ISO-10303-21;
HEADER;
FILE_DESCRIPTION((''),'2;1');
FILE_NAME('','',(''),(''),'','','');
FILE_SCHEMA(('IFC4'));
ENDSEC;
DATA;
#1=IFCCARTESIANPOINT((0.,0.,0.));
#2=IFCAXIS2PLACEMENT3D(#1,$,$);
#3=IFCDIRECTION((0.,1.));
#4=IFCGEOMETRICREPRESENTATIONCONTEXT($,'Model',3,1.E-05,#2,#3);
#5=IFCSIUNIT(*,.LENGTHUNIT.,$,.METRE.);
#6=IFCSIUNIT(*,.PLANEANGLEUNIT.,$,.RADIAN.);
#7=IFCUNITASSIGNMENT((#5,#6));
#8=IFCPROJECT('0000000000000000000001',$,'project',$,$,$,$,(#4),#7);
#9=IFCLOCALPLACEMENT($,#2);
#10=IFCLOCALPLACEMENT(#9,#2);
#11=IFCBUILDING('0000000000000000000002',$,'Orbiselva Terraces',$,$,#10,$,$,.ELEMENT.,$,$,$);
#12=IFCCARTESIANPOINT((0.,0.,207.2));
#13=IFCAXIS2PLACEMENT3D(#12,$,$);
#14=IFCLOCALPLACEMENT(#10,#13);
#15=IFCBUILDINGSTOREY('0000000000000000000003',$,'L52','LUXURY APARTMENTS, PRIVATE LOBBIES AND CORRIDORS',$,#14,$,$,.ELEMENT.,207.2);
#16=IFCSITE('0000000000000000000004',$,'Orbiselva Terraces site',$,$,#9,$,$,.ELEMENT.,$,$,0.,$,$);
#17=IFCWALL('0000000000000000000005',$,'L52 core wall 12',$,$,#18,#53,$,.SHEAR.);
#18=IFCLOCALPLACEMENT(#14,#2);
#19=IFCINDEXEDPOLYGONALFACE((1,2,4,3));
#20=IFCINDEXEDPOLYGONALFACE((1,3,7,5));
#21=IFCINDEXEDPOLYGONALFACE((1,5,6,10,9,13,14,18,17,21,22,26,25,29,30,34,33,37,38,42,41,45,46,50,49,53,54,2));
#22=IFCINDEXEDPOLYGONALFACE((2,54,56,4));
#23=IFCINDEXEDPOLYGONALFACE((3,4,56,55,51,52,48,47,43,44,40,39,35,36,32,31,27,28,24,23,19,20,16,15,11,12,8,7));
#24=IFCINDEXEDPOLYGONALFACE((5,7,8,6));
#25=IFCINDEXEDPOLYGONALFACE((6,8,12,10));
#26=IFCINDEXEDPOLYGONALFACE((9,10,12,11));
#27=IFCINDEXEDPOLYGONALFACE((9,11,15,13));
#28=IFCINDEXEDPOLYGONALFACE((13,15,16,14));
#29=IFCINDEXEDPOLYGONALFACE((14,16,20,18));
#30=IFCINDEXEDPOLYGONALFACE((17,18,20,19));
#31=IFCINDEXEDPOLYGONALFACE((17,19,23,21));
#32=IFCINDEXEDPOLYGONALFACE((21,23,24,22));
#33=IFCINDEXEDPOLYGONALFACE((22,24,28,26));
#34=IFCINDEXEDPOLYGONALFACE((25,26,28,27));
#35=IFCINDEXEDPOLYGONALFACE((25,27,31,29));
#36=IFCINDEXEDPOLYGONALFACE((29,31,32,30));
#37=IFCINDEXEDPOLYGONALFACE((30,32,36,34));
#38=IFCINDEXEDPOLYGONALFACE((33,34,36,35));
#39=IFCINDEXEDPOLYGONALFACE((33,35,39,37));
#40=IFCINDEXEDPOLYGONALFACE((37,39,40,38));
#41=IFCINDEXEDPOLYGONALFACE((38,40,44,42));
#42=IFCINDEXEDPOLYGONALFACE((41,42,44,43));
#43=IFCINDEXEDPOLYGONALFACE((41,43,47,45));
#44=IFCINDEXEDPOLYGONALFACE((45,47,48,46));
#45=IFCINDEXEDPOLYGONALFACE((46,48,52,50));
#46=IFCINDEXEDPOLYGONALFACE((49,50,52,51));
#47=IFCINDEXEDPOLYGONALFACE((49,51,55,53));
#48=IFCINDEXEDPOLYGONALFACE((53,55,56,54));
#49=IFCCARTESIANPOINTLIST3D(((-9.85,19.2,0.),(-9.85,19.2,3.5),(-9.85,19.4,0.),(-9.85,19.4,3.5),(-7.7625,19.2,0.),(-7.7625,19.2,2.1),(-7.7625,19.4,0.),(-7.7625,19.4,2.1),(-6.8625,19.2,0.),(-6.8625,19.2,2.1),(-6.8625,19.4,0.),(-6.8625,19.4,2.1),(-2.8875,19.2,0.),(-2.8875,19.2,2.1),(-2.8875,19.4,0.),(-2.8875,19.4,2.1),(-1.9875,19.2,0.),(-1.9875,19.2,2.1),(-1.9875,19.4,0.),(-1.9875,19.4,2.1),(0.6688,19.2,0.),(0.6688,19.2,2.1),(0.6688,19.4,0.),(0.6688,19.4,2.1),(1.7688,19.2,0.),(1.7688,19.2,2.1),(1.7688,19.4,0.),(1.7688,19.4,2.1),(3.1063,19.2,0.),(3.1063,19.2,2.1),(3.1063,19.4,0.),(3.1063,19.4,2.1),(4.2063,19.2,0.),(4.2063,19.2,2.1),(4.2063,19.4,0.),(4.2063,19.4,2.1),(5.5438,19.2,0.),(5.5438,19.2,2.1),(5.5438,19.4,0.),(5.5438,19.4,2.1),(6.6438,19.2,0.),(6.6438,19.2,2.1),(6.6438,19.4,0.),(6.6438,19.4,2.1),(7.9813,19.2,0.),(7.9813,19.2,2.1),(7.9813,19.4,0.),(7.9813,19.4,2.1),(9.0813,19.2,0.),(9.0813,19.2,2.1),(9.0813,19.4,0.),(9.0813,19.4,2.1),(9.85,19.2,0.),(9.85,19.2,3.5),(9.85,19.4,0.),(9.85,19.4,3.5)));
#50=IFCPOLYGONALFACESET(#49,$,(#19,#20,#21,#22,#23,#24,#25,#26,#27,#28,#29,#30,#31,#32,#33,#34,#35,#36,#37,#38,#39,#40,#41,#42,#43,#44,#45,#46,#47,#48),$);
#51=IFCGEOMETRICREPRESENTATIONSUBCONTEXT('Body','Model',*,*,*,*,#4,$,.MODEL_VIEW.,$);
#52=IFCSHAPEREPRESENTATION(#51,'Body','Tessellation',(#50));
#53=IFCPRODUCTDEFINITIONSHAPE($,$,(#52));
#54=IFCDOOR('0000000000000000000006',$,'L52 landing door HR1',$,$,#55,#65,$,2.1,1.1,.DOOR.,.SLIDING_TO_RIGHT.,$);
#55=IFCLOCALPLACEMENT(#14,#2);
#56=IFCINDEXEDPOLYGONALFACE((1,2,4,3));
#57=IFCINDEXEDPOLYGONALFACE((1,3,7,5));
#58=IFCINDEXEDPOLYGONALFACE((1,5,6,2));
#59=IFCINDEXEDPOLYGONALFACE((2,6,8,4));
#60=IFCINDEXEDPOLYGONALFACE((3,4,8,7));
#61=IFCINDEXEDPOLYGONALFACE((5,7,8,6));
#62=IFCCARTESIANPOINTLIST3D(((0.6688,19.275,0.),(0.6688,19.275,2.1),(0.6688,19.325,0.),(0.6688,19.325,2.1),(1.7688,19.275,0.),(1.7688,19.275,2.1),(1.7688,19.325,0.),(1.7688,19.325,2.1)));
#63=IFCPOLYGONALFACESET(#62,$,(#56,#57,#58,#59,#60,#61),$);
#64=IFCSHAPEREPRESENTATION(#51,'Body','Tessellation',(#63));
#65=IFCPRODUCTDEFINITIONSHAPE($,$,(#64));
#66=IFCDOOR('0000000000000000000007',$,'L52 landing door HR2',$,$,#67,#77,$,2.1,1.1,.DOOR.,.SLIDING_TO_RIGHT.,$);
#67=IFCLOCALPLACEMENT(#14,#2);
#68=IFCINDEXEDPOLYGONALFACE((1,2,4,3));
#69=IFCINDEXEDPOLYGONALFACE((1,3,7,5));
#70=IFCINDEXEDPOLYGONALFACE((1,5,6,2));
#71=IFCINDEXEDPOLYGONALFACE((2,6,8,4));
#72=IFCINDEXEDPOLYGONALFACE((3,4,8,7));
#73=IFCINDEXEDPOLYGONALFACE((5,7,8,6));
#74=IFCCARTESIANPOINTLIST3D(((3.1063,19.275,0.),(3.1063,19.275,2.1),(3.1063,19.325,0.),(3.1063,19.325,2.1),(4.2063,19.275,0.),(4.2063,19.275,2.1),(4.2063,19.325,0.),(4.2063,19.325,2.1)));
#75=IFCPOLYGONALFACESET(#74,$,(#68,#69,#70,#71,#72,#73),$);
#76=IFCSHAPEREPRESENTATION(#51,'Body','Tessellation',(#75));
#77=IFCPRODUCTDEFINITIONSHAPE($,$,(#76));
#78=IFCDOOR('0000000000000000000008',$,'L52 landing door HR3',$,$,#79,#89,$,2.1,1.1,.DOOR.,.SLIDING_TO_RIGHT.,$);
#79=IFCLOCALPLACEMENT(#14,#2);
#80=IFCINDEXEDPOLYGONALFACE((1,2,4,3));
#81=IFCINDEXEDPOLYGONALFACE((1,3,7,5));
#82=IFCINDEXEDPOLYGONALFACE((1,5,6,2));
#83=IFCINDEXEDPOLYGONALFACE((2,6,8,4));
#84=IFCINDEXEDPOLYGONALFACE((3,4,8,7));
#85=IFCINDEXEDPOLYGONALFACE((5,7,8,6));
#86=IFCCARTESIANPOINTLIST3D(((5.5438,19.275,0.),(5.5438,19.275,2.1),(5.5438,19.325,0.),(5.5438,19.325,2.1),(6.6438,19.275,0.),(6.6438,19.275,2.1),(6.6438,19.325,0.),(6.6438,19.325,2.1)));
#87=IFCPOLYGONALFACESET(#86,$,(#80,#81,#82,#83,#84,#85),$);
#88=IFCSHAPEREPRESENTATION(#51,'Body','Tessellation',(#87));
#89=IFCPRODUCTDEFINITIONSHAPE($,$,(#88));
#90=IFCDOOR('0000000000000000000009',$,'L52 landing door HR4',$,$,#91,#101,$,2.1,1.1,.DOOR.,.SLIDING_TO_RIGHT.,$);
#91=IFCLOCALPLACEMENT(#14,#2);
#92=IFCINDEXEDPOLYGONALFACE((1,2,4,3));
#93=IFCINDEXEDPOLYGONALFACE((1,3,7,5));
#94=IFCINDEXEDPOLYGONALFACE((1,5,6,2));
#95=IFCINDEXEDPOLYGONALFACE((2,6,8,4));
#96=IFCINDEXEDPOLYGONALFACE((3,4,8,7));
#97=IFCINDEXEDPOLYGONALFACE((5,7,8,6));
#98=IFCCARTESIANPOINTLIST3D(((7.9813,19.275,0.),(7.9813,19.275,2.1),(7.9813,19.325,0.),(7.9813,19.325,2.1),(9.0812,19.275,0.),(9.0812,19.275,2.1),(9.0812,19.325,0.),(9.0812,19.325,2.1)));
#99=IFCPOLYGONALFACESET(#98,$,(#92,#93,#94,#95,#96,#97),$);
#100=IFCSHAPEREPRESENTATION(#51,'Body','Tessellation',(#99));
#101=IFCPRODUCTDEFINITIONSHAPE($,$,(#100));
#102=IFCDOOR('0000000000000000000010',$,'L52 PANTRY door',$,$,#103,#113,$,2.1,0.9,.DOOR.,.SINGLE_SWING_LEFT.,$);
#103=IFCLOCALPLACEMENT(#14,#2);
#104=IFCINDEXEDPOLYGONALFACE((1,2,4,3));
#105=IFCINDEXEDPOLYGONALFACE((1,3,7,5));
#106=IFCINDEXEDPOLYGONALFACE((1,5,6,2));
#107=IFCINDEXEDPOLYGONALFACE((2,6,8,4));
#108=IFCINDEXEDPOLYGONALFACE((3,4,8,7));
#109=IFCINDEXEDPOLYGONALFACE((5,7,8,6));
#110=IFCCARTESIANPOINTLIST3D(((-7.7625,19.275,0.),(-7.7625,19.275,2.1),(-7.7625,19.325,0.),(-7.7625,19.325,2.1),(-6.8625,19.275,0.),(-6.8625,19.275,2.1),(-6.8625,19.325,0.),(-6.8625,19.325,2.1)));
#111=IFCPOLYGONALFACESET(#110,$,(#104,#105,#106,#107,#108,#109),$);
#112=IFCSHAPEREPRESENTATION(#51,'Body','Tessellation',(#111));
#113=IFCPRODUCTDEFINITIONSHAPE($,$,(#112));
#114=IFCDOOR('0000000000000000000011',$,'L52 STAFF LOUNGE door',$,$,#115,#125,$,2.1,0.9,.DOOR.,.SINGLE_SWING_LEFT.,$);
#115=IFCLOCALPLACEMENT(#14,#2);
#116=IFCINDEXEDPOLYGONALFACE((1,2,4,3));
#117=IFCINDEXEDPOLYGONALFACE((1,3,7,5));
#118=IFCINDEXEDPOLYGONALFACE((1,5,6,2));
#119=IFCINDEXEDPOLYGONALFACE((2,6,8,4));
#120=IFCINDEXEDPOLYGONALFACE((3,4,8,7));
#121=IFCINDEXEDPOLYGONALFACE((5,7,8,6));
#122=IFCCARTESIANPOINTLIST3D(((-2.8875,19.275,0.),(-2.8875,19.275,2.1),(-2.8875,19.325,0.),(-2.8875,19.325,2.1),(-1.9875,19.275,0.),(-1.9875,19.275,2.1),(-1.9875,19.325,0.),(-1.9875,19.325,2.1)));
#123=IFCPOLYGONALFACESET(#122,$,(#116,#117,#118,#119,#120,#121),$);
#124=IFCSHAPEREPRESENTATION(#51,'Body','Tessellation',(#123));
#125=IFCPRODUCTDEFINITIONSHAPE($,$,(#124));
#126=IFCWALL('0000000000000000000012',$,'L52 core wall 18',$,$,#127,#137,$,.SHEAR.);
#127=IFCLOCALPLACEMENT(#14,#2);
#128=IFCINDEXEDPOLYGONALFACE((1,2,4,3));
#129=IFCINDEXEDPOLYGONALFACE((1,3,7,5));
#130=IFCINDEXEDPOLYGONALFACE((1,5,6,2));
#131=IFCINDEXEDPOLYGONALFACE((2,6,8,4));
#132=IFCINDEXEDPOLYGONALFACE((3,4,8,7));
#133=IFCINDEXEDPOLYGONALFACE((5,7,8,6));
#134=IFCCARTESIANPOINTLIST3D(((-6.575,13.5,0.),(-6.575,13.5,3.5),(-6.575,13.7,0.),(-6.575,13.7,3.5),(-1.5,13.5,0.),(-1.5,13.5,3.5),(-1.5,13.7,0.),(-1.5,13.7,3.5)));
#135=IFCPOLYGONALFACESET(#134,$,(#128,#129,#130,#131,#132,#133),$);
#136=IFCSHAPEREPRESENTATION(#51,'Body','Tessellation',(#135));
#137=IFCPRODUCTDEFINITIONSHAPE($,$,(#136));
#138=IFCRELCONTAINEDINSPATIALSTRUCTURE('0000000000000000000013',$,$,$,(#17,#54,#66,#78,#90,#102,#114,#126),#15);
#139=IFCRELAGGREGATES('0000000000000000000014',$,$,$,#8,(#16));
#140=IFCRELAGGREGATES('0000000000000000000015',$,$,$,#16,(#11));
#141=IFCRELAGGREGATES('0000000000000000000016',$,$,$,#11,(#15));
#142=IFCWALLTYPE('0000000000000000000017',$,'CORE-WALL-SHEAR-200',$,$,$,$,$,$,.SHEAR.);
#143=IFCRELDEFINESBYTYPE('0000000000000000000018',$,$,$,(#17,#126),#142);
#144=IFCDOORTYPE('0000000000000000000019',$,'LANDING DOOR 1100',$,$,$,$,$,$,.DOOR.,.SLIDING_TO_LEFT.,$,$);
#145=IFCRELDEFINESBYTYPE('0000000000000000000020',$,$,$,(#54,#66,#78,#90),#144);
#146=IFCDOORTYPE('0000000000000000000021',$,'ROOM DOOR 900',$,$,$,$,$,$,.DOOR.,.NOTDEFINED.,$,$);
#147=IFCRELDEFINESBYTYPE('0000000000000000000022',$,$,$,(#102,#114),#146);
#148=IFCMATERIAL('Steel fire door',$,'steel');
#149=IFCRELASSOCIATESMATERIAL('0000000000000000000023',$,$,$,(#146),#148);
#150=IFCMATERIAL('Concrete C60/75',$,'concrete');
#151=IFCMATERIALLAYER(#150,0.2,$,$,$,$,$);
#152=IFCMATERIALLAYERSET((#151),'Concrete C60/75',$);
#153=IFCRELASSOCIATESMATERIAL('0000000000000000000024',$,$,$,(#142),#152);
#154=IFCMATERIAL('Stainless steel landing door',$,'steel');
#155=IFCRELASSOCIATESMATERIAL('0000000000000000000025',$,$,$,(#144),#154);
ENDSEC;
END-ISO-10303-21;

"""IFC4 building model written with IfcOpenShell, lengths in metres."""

from ifc_helpers import new_model, si_unit, direction, frame, frame_2d, origin, place, context, subcontext, project, spatial, rectangle, extrude, material, layer, layer_set, type_object, element, fill, save


model = new_model("IFC4")

# Units and contexts
model_context = context("Model", 3, precision=1e-05, world=origin(), true_north=direction((0.0, 1.0)))
body_context = subcontext(model_context, "Body", "Model", "MODEL_VIEW")
ifc_project = project(units=[si_unit("LENGTHUNIT", "METRE"), si_unit("PLANEANGLEUNIT", "RADIAN")], contexts=[model_context])

# Site, building, storey
site_placement = place(None, origin())
site = spatial("IfcSite", under=ifc_project, at=site_placement, Name="Orbiselva Terraces site", CompositionType="ELEMENT", RefElevation=0.0)
building_placement = place(site_placement, origin())
building = spatial("IfcBuilding", under=site, at=building_placement, Name="Orbiselva Terraces", CompositionType="ELEMENT")
storey_placement = place(building_placement, frame((0.0, 0.0, 207.2)))
storey = spatial("IfcBuildingStorey", under=building, at=storey_placement, Name="L52", Description="LUXURY APARTMENTS, PRIVATE LOBBIES AND CORRIDORS", CompositionType="ELEMENT", Elevation=207.2)

# Shared definitions
ifc_material_1 = material(Name="Steel fire door", Category="steel")
door_type_1 = type_object("IfcDoorType", Name="ROOM DOOR 900", OperationType="NOTDEFINED", PredefinedType="DOOR", material=ifc_material_1)

# Shared definitions
ifc_material_2 = material(Name="Concrete C60/75", Category="concrete")
ifc_layer_1 = layer(ifc_material_2, 0.2)
ifc_layer_set_1 = layer_set([ifc_layer_1], Name="Concrete C60/75")
wall_type_1 = type_object("IfcWallType", Name="CORE-WALL-SHEAR-200", PredefinedType="SHEAR", material=ifc_layer_set_1)

# Wall, openings, doors
wall_1_placement = place(storey_placement, frame((-9.85, 19.3, 0.0), z_axis=(0.0, 0.0, 1.0), x_axis=(1.0, 0.0, 0.0)))
wall_1 = element("IfcWall", 1, at=wall_1_placement, inside=storey, type_object=wall_type_1, Name="L52 core wall 12", PredefinedType="SHEAR", context=body_context, shape_type="SweptSolid", body=[
    extrude(rectangle(XDim=19.7, YDim=0.2, at=frame_2d((9.85, 0.0))), origin(), (0.0, 0.0, 1.0), 3.5),
])
opening_1_placement = place(wall_1_placement, frame((10.5188, 0.0, 0.0)))
opening_1 = element("IfcOpeningElement", 2, at=opening_1_placement, cuts=wall_1, PredefinedType="OPENING", context=body_context, shape_type="SweptSolid", body=[
    extrude(rectangle(XDim=1.1, YDim=2.1, at=frame_2d((0.55, 1.05))), frame((0.0, 0.11, 0.0), z_axis=(0.0, -1.0, 0.0), x_axis=(1.0, 0.0, 0.0)), (0.0, 0.0, 1.0), 0.22),
])
opening_2_placement = place(wall_1_placement, frame((12.9563, 0.0, 0.0)))
opening_2 = element("IfcOpeningElement", 3, at=opening_2_placement, cuts=wall_1, PredefinedType="OPENING", context=body_context, shape_type="SweptSolid", body=[
    extrude(rectangle(XDim=1.1, YDim=2.1, at=frame_2d((0.55, 1.05))), frame((0.0, 0.11, 0.0), z_axis=(0.0, -1.0, 0.0), x_axis=(1.0, 0.0, 0.0)), (0.0, 0.0, 1.0), 0.22),
])
opening_3_placement = place(wall_1_placement, frame((15.3938, 0.0, 0.0)))
opening_3 = element("IfcOpeningElement", 4, at=opening_3_placement, cuts=wall_1, PredefinedType="OPENING", context=body_context, shape_type="SweptSolid", body=[
    extrude(rectangle(XDim=1.1, YDim=2.1, at=frame_2d((0.55, 1.05))), frame((0.0, 0.11, 0.0), z_axis=(0.0, -1.0, 0.0), x_axis=(1.0, 0.0, 0.0)), (0.0, 0.0, 1.0), 0.22),
])
opening_4_placement = place(wall_1_placement, frame((17.8313, 0.0, 0.0)))
opening_4 = element("IfcOpeningElement", 5, at=opening_4_placement, cuts=wall_1, PredefinedType="OPENING", context=body_context, shape_type="SweptSolid", body=[
    extrude(rectangle(XDim=1.1, YDim=2.1, at=frame_2d((0.55, 1.05))), frame((0.0, 0.11, 0.0), z_axis=(0.0, -1.0, 0.0), x_axis=(1.0, 0.0, 0.0)), (0.0, 0.0, 1.0), 0.22),
])
opening_5_placement = place(wall_1_placement, frame((2.0875, 0.0, 0.0)))
opening_5 = element("IfcOpeningElement", 6, at=opening_5_placement, cuts=wall_1, PredefinedType="OPENING", context=body_context, shape_type="SweptSolid", body=[
    extrude(rectangle(XDim=0.9, YDim=2.1, at=frame_2d((0.45, 1.05))), frame((0.0, 0.11, 0.0), z_axis=(0.0, -1.0, 0.0), x_axis=(1.0, 0.0, 0.0)), (0.0, 0.0, 1.0), 0.22),
])
opening_6_placement = place(wall_1_placement, frame((6.9625, 0.0, 0.0)))
opening_6 = element("IfcOpeningElement", 7, at=opening_6_placement, cuts=wall_1, PredefinedType="OPENING", context=body_context, shape_type="SweptSolid", body=[
    extrude(rectangle(XDim=0.9, YDim=2.1, at=frame_2d((0.45, 1.05))), frame((0.0, 0.11, 0.0), z_axis=(0.0, -1.0, 0.0), x_axis=(1.0, 0.0, 0.0)), (0.0, 0.0, 1.0), 0.22),
])
ifc_material_3 = material(Name="Stainless steel landing door", Category="steel")
door_type_2 = type_object("IfcDoorType", Name="LANDING DOOR 1100", OperationType="SLIDING_TO_LEFT", PredefinedType="DOOR", material=ifc_material_3)
door_1_placement = place(opening_1_placement, origin())
door_1 = element("IfcDoor", 8, at=door_1_placement, inside=storey, type_object=door_type_2, Name="L52 landing door HR1", OperationType="SLIDING_TO_RIGHT", OverallHeight=2.1, OverallWidth=1.1, PredefinedType="DOOR", context=body_context, shape_type="SweptSolid", body=[
    extrude(rectangle(XDim=1.1, YDim=2.1, at=frame_2d((0.55, 1.05))), frame((0.0, 0.025, 0.0), z_axis=(0.0, -1.0, 0.0), x_axis=(1.0, 0.0, 0.0)), (0.0, 0.0, 1.0), 0.05),
])
fill(opening_1, door_1)
door_2_placement = place(opening_2_placement, origin())
door_2 = element("IfcDoor", 9, at=door_2_placement, inside=storey, type_object=door_type_2, Name="L52 landing door HR2", OperationType="SLIDING_TO_RIGHT", OverallHeight=2.1, OverallWidth=1.1, PredefinedType="DOOR", context=body_context, shape_type="SweptSolid", body=[
    extrude(rectangle(XDim=1.1, YDim=2.1, at=frame_2d((0.55, 1.05))), frame((0.0, 0.025, 0.0), z_axis=(0.0, -1.0, 0.0), x_axis=(1.0, 0.0, 0.0)), (0.0, 0.0, 1.0), 0.05),
])
fill(opening_2, door_2)
door_3_placement = place(opening_3_placement, origin())
door_3 = element("IfcDoor", 10, at=door_3_placement, inside=storey, type_object=door_type_2, Name="L52 landing door HR3", OperationType="SLIDING_TO_RIGHT", OverallHeight=2.1, OverallWidth=1.1, PredefinedType="DOOR", context=body_context, shape_type="SweptSolid", body=[
    extrude(rectangle(XDim=1.1, YDim=2.1, at=frame_2d((0.55, 1.05))), frame((0.0, 0.025, 0.0), z_axis=(0.0, -1.0, 0.0), x_axis=(1.0, 0.0, 0.0)), (0.0, 0.0, 1.0), 0.05),
])
fill(opening_3, door_3)
door_4_placement = place(opening_4_placement, origin())
door_4 = element("IfcDoor", 11, at=door_4_placement, inside=storey, type_object=door_type_2, Name="L52 landing door HR4", OperationType="SLIDING_TO_RIGHT", OverallHeight=2.1, OverallWidth=1.1, PredefinedType="DOOR", context=body_context, shape_type="SweptSolid", body=[
    extrude(rectangle(XDim=1.1, YDim=2.1, at=frame_2d((0.55, 1.05))), frame((0.0, 0.025, 0.0), z_axis=(0.0, -1.0, 0.0), x_axis=(1.0, 0.0, 0.0)), (0.0, 0.0, 1.0), 0.05),
])
fill(opening_4, door_4)
door_5_placement = place(opening_5_placement, origin())
door_5 = element("IfcDoor", 12, at=door_5_placement, inside=storey, type_object=door_type_1, Name="L52 PANTRY door", OperationType="SINGLE_SWING_LEFT", OverallHeight=2.1, OverallWidth=0.9, PredefinedType="DOOR", context=body_context, shape_type="SweptSolid", body=[
    extrude(rectangle(XDim=0.9, YDim=2.1, at=frame_2d((0.45, 1.05))), frame((0.0, 0.025, 0.0), z_axis=(0.0, -1.0, 0.0), x_axis=(1.0, 0.0, 0.0)), (0.0, 0.0, 1.0), 0.05),
])
fill(opening_5, door_5)
door_6_placement = place(opening_6_placement, origin())
door_6 = element("IfcDoor", 13, at=door_6_placement, inside=storey, type_object=door_type_1, Name="L52 STAFF LOUNGE door", OperationType="SINGLE_SWING_LEFT", OverallHeight=2.1, OverallWidth=0.9, PredefinedType="DOOR", context=body_context, shape_type="SweptSolid", body=[
    extrude(rectangle(XDim=0.9, YDim=2.1, at=frame_2d((0.45, 1.05))), frame((0.0, 0.025, 0.0), z_axis=(0.0, -1.0, 0.0), x_axis=(1.0, 0.0, 0.0)), (0.0, 0.0, 1.0), 0.05),
])
fill(opening_6, door_6)

# Wall
wall_2_placement = place(storey_placement, frame((-6.575, 13.6, 0.0), z_axis=(0.0, 0.0, 1.0), x_axis=(1.0, 0.0, 0.0)))
element("IfcWall", 14, at=wall_2_placement, inside=storey, type_object=wall_type_1, Name="L52 core wall 18", PredefinedType="SHEAR", context=body_context, shape_type="SweptSolid", body=[
    extrude(rectangle(XDim=5.075, YDim=0.2, at=frame_2d((2.5375, 0.0))), origin(), (0.0, 0.0, 1.0), 3.5),
])

save(model, "model.ifc")
